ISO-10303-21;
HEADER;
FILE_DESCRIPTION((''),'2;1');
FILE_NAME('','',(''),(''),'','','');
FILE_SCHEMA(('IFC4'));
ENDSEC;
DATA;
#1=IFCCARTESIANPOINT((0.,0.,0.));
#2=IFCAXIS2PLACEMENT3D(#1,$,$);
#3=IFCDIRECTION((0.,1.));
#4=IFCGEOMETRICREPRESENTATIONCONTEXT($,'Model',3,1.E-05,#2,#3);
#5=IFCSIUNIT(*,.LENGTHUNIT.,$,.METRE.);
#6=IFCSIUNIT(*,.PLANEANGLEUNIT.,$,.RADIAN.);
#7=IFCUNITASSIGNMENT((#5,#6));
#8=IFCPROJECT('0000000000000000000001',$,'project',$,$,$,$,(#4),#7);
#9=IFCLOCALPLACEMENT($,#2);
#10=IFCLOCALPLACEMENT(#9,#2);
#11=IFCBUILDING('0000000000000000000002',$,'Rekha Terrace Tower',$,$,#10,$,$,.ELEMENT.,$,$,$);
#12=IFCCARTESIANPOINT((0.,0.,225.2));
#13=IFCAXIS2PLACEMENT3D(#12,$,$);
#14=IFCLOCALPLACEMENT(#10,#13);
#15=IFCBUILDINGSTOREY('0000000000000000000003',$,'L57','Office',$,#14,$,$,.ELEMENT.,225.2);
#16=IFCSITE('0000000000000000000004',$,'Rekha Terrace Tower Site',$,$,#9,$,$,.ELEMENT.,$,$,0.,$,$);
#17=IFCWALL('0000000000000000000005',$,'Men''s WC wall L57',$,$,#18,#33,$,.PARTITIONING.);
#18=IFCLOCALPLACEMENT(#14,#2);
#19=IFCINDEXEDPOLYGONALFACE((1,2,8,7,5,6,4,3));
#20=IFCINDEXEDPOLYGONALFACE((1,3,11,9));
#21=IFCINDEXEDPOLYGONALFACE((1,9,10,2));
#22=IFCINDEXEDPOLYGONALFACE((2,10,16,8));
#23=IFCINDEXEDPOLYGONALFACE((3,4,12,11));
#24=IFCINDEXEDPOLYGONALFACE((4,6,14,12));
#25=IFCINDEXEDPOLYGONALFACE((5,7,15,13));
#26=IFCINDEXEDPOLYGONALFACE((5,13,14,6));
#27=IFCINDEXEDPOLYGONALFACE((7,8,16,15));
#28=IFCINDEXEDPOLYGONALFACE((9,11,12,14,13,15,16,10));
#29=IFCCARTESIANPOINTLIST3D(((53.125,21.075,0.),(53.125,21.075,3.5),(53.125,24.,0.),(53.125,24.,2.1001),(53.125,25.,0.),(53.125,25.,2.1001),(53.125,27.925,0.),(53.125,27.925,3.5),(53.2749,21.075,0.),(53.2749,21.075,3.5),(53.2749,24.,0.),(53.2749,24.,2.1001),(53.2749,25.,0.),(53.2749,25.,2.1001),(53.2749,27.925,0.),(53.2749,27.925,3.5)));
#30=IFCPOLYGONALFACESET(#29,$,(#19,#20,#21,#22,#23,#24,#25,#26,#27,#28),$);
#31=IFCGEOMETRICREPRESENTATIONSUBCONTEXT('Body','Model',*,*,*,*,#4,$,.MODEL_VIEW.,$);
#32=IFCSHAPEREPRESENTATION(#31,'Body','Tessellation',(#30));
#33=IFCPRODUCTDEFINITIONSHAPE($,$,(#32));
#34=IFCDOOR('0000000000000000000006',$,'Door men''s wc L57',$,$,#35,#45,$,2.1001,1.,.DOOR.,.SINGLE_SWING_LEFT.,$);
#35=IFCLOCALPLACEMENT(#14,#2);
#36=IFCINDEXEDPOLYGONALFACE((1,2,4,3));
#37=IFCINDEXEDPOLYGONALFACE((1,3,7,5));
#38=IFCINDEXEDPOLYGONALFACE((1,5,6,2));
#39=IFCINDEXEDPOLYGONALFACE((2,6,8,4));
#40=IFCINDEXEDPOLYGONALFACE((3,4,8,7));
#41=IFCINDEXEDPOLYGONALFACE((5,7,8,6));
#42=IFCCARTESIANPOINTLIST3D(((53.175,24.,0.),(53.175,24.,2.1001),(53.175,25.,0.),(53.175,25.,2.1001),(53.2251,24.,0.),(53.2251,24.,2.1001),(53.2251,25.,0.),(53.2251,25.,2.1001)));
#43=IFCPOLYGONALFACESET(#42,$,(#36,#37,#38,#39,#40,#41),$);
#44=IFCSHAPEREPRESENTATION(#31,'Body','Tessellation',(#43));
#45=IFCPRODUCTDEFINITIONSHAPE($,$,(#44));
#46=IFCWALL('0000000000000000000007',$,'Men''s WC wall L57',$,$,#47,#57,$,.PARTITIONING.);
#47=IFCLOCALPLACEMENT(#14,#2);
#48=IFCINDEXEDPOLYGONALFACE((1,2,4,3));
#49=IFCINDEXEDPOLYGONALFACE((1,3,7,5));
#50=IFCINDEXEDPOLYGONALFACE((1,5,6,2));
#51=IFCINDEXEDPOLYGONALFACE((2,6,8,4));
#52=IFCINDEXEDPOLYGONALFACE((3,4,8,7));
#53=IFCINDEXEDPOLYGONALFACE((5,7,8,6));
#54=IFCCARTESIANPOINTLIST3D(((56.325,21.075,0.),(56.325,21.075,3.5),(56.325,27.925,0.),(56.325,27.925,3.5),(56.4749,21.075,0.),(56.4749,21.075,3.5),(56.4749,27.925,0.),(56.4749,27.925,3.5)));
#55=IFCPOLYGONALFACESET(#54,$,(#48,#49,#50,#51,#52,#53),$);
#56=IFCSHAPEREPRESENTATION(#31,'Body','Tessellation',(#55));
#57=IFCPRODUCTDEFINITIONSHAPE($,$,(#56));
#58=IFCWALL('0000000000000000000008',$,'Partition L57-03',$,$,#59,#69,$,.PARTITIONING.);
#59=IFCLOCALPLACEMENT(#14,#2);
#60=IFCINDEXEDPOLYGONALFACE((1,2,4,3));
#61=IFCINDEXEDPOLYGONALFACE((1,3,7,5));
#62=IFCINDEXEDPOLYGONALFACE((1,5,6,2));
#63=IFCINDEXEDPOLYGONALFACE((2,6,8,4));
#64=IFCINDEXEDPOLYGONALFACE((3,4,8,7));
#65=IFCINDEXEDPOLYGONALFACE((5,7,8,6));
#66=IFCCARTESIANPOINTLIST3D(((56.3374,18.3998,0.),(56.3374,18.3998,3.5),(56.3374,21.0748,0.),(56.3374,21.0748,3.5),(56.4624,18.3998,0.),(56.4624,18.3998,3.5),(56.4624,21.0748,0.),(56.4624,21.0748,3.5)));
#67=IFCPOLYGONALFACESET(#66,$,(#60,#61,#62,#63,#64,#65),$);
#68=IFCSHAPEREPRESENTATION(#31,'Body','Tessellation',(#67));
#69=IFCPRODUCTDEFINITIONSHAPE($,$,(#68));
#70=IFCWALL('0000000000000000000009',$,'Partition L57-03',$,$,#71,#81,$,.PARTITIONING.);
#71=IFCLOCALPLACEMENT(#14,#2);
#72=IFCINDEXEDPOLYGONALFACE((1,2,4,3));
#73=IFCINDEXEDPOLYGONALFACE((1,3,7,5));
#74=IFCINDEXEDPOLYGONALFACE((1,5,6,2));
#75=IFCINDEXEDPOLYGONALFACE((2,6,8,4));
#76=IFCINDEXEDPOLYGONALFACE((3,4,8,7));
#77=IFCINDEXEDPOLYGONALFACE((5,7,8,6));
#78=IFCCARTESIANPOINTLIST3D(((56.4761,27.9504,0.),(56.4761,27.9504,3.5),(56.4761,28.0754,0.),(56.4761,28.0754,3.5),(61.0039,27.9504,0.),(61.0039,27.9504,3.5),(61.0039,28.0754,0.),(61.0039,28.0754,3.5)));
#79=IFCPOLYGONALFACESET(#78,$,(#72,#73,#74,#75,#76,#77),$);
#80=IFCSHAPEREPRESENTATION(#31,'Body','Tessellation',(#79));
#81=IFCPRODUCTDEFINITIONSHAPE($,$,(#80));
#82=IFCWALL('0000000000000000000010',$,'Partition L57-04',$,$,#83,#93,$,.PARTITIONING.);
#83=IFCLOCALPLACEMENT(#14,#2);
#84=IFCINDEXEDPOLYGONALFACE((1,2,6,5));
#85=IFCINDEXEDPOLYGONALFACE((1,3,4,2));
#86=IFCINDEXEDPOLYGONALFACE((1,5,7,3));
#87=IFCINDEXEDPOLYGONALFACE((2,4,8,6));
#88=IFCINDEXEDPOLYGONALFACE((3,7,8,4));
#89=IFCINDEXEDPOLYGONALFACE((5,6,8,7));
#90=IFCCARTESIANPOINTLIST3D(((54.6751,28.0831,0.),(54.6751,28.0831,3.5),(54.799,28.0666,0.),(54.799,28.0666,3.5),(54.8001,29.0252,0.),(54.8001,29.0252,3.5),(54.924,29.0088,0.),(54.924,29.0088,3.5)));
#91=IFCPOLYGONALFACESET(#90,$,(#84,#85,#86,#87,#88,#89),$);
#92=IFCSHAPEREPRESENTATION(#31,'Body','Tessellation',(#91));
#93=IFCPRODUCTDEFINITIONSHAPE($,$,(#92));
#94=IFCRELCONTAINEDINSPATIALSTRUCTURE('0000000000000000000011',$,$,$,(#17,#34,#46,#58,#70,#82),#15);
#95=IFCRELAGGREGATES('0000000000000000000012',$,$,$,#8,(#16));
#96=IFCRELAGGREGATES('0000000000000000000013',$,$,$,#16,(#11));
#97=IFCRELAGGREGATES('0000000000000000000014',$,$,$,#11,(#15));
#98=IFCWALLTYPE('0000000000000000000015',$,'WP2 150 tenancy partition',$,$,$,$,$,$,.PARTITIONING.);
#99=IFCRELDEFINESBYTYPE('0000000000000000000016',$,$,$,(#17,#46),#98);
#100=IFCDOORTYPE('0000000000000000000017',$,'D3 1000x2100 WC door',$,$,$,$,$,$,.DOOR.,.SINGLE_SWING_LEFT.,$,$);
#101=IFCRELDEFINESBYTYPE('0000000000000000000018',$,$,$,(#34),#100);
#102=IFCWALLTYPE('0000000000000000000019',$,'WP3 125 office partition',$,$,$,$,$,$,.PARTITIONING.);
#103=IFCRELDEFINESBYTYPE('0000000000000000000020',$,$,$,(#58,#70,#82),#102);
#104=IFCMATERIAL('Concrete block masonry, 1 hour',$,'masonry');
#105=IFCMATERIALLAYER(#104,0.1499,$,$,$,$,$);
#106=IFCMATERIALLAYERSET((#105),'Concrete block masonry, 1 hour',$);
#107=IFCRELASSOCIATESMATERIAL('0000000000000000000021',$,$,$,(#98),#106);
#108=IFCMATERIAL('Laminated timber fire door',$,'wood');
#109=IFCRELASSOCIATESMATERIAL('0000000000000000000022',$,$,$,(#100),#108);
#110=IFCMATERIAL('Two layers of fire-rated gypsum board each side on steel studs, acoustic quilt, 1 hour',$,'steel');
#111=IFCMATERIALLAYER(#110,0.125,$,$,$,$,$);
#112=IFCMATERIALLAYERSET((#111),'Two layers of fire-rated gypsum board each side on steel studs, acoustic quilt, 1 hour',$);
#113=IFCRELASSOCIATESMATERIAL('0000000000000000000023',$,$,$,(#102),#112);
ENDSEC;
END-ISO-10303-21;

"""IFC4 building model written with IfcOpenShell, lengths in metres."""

from ifc_helpers import new_model, si_unit, direction, frame, frame_2d, origin, place, context, subcontext, project, spatial, rectangle, extrude, material, layer, layer_set, type_object, element, fill, save


model = new_model("IFC4")

# Units and contexts
model_context = context("Model", 3, precision=1e-05, world=origin(), true_north=direction((0.0, 1.0)))
body_context = subcontext(model_context, "Body", "Model", "MODEL_VIEW")
ifc_project = project(units=[si_unit("LENGTHUNIT", "METRE"), si_unit("PLANEANGLEUNIT", "RADIAN")], contexts=[model_context])

# Site, building, storey
site_placement = place(None, origin())
site = spatial("IfcSite", under=ifc_project, at=site_placement, Name="Rekha Terrace Tower Site", CompositionType="ELEMENT", RefElevation=0.0)
building_placement = place(site_placement, origin())
building = spatial("IfcBuilding", under=site, at=building_placement, Name="Rekha Terrace Tower", CompositionType="ELEMENT")
storey_placement = place(building_placement, frame((0.0, 0.0, 225.2)))
storey = spatial("IfcBuildingStorey", under=building, at=storey_placement, Name="L57", Description="Office", CompositionType="ELEMENT", Elevation=225.2)

# Shared definitions
ifc_material_1 = material(Name="Concrete block masonry, 1 hour", Category="masonry")
ifc_layer_1 = layer(ifc_material_1, 0.1499)
ifc_layer_set_1 = layer_set([ifc_layer_1], Name="Concrete block masonry, 1 hour")
wall_type_1 = type_object("IfcWallType", Name="WP2 150 tenancy partition", PredefinedType="PARTITIONING", material=ifc_layer_set_1)

# Wall, opening, door
wall_1_placement = place(storey_placement, frame((53.2, 21.075, 0.0), z_axis=(0.0, 0.0, 1.0), x_axis=(0.0, 1.0, 0.0)))
wall_1 = element("IfcWall", 1, at=wall_1_placement, inside=storey, type_object=wall_type_1, Name="Men's WC wall L57", PredefinedType="PARTITIONING", context=body_context, shape_type="SweptSolid", body=[
    extrude(rectangle(XDim=6.8501, YDim=0.1499, at=frame_2d((3.425, 0.0))), origin(), (0.0, 0.0, 1.0), 3.5),
])
opening_placement = place(wall_1_placement, frame((2.925, 0.0, 0.0)))
opening = element("IfcOpeningElement", 2, at=opening_placement, cuts=wall_1, PredefinedType="OPENING", context=body_context, shape_type="SweptSolid", body=[
    extrude(rectangle(XDim=1.0, YDim=2.1001, at=frame_2d((0.5, 1.05))), frame((0.0, 0.085, 0.0), z_axis=(0.0, -1.0, 0.0), x_axis=(1.0, 0.0, 0.0)), (0.0, 0.0, 1.0), 0.1699),
])
ifc_material_2 = material(Name="Laminated timber fire door", Category="wood")
door_type = type_object("IfcDoorType", Name="D3 1000x2100 WC door", OperationType="SINGLE_SWING_LEFT", PredefinedType="DOOR", material=ifc_material_2)
door_placement = place(opening_placement, origin())
door = element("IfcDoor", 3, at=door_placement, inside=storey, type_object=door_type, Name="Door men's wc L57", OperationType="SINGLE_SWING_LEFT", OverallHeight=2.1001, OverallWidth=1.0, PredefinedType="DOOR", context=body_context, shape_type="SweptSolid", body=[
    extrude(rectangle(XDim=1.0, YDim=2.1001, at=frame_2d((0.5, 1.05))), frame((0.0, 0.0249, 0.0), z_axis=(0.0, -1.0, 0.0), x_axis=(1.0, 0.0, 0.0)), (0.0, 0.0, 1.0), 0.05),
])
fill(opening, door)

# Walls
wall_2_placement = place(storey_placement, frame((56.3999, 21.075, 0.0), z_axis=(0.0, 0.0, 1.0), x_axis=(0.0, 1.0, 0.0)))
element("IfcWall", 4, at=wall_2_placement, inside=storey, type_object=wall_type_1, Name="Men's WC wall L57", PredefinedType="PARTITIONING", context=body_context, shape_type="SweptSolid", body=[
    extrude(rectangle(XDim=6.8501, YDim=0.1499, at=frame_2d((3.425, 0.0))), origin(), (0.0, 0.0, 1.0), 3.5),
])
ifc_material_3 = material(Name="Two layers of fire-rated gypsum board each side on steel studs, acoustic quilt, 1 hour", Category="steel")
ifc_layer_2 = layer(ifc_material_3, 0.125)
ifc_layer_set_2 = layer_set([ifc_layer_2], Name="Two layers of fire-rated gypsum board each side on steel studs, acoustic quilt, 1 hour")
wall_type_2 = type_object("IfcWallType", Name="WP3 125 office partition", PredefinedType="PARTITIONING", material=ifc_layer_set_2)
wall_3_placement = place(storey_placement, frame((56.3999, 18.3999, 0.0), z_axis=(0.0, 0.0, 1.0), x_axis=(0.0, 1.0, 0.0)))
element("IfcWall", 5, at=wall_3_placement, inside=storey, type_object=wall_type_2, Name="Partition L57-03", PredefinedType="PARTITIONING", context=body_context, shape_type="SweptSolid", body=[
    extrude(rectangle(XDim=2.675, YDim=0.125, at=frame_2d((1.3374, 0.0))), origin(), (0.0, 0.0, 1.0), 3.5),
])
wall_4_placement = place(storey_placement, frame((56.4761, 28.0129, 0.0), z_axis=(0.0, 0.0, 1.0), x_axis=(1.0, 0.0, 0.0)))
element("IfcWall", 6, at=wall_4_placement, inside=storey, type_object=wall_type_2, Name="Partition L57-03", PredefinedType="PARTITIONING", context=body_context, shape_type="SweptSolid", body=[
    extrude(rectangle(XDim=4.5278, YDim=0.125, at=frame_2d((2.2639, 0.0))), origin(), (0.0, 0.0, 1.0), 3.5),
])
wall_5_placement = place(storey_placement, frame((54.7371, 28.075, 0.0), z_axis=(0.0, 0.0, 1.0), x_axis=(0.131524, 0.991313, 0.0)))
element("IfcWall", 7, at=wall_5_placement, inside=storey, type_object=wall_type_2, Name="Partition L57-04", PredefinedType="PARTITIONING", context=body_context, shape_type="SweptSolid", body=[
    extrude(rectangle(XDim=0.9504, YDim=0.125, at=frame_2d((0.4751, 0.0))), origin(), (0.0, 0.0, 1.0), 3.5),
])

save(model, "model.ifc")
